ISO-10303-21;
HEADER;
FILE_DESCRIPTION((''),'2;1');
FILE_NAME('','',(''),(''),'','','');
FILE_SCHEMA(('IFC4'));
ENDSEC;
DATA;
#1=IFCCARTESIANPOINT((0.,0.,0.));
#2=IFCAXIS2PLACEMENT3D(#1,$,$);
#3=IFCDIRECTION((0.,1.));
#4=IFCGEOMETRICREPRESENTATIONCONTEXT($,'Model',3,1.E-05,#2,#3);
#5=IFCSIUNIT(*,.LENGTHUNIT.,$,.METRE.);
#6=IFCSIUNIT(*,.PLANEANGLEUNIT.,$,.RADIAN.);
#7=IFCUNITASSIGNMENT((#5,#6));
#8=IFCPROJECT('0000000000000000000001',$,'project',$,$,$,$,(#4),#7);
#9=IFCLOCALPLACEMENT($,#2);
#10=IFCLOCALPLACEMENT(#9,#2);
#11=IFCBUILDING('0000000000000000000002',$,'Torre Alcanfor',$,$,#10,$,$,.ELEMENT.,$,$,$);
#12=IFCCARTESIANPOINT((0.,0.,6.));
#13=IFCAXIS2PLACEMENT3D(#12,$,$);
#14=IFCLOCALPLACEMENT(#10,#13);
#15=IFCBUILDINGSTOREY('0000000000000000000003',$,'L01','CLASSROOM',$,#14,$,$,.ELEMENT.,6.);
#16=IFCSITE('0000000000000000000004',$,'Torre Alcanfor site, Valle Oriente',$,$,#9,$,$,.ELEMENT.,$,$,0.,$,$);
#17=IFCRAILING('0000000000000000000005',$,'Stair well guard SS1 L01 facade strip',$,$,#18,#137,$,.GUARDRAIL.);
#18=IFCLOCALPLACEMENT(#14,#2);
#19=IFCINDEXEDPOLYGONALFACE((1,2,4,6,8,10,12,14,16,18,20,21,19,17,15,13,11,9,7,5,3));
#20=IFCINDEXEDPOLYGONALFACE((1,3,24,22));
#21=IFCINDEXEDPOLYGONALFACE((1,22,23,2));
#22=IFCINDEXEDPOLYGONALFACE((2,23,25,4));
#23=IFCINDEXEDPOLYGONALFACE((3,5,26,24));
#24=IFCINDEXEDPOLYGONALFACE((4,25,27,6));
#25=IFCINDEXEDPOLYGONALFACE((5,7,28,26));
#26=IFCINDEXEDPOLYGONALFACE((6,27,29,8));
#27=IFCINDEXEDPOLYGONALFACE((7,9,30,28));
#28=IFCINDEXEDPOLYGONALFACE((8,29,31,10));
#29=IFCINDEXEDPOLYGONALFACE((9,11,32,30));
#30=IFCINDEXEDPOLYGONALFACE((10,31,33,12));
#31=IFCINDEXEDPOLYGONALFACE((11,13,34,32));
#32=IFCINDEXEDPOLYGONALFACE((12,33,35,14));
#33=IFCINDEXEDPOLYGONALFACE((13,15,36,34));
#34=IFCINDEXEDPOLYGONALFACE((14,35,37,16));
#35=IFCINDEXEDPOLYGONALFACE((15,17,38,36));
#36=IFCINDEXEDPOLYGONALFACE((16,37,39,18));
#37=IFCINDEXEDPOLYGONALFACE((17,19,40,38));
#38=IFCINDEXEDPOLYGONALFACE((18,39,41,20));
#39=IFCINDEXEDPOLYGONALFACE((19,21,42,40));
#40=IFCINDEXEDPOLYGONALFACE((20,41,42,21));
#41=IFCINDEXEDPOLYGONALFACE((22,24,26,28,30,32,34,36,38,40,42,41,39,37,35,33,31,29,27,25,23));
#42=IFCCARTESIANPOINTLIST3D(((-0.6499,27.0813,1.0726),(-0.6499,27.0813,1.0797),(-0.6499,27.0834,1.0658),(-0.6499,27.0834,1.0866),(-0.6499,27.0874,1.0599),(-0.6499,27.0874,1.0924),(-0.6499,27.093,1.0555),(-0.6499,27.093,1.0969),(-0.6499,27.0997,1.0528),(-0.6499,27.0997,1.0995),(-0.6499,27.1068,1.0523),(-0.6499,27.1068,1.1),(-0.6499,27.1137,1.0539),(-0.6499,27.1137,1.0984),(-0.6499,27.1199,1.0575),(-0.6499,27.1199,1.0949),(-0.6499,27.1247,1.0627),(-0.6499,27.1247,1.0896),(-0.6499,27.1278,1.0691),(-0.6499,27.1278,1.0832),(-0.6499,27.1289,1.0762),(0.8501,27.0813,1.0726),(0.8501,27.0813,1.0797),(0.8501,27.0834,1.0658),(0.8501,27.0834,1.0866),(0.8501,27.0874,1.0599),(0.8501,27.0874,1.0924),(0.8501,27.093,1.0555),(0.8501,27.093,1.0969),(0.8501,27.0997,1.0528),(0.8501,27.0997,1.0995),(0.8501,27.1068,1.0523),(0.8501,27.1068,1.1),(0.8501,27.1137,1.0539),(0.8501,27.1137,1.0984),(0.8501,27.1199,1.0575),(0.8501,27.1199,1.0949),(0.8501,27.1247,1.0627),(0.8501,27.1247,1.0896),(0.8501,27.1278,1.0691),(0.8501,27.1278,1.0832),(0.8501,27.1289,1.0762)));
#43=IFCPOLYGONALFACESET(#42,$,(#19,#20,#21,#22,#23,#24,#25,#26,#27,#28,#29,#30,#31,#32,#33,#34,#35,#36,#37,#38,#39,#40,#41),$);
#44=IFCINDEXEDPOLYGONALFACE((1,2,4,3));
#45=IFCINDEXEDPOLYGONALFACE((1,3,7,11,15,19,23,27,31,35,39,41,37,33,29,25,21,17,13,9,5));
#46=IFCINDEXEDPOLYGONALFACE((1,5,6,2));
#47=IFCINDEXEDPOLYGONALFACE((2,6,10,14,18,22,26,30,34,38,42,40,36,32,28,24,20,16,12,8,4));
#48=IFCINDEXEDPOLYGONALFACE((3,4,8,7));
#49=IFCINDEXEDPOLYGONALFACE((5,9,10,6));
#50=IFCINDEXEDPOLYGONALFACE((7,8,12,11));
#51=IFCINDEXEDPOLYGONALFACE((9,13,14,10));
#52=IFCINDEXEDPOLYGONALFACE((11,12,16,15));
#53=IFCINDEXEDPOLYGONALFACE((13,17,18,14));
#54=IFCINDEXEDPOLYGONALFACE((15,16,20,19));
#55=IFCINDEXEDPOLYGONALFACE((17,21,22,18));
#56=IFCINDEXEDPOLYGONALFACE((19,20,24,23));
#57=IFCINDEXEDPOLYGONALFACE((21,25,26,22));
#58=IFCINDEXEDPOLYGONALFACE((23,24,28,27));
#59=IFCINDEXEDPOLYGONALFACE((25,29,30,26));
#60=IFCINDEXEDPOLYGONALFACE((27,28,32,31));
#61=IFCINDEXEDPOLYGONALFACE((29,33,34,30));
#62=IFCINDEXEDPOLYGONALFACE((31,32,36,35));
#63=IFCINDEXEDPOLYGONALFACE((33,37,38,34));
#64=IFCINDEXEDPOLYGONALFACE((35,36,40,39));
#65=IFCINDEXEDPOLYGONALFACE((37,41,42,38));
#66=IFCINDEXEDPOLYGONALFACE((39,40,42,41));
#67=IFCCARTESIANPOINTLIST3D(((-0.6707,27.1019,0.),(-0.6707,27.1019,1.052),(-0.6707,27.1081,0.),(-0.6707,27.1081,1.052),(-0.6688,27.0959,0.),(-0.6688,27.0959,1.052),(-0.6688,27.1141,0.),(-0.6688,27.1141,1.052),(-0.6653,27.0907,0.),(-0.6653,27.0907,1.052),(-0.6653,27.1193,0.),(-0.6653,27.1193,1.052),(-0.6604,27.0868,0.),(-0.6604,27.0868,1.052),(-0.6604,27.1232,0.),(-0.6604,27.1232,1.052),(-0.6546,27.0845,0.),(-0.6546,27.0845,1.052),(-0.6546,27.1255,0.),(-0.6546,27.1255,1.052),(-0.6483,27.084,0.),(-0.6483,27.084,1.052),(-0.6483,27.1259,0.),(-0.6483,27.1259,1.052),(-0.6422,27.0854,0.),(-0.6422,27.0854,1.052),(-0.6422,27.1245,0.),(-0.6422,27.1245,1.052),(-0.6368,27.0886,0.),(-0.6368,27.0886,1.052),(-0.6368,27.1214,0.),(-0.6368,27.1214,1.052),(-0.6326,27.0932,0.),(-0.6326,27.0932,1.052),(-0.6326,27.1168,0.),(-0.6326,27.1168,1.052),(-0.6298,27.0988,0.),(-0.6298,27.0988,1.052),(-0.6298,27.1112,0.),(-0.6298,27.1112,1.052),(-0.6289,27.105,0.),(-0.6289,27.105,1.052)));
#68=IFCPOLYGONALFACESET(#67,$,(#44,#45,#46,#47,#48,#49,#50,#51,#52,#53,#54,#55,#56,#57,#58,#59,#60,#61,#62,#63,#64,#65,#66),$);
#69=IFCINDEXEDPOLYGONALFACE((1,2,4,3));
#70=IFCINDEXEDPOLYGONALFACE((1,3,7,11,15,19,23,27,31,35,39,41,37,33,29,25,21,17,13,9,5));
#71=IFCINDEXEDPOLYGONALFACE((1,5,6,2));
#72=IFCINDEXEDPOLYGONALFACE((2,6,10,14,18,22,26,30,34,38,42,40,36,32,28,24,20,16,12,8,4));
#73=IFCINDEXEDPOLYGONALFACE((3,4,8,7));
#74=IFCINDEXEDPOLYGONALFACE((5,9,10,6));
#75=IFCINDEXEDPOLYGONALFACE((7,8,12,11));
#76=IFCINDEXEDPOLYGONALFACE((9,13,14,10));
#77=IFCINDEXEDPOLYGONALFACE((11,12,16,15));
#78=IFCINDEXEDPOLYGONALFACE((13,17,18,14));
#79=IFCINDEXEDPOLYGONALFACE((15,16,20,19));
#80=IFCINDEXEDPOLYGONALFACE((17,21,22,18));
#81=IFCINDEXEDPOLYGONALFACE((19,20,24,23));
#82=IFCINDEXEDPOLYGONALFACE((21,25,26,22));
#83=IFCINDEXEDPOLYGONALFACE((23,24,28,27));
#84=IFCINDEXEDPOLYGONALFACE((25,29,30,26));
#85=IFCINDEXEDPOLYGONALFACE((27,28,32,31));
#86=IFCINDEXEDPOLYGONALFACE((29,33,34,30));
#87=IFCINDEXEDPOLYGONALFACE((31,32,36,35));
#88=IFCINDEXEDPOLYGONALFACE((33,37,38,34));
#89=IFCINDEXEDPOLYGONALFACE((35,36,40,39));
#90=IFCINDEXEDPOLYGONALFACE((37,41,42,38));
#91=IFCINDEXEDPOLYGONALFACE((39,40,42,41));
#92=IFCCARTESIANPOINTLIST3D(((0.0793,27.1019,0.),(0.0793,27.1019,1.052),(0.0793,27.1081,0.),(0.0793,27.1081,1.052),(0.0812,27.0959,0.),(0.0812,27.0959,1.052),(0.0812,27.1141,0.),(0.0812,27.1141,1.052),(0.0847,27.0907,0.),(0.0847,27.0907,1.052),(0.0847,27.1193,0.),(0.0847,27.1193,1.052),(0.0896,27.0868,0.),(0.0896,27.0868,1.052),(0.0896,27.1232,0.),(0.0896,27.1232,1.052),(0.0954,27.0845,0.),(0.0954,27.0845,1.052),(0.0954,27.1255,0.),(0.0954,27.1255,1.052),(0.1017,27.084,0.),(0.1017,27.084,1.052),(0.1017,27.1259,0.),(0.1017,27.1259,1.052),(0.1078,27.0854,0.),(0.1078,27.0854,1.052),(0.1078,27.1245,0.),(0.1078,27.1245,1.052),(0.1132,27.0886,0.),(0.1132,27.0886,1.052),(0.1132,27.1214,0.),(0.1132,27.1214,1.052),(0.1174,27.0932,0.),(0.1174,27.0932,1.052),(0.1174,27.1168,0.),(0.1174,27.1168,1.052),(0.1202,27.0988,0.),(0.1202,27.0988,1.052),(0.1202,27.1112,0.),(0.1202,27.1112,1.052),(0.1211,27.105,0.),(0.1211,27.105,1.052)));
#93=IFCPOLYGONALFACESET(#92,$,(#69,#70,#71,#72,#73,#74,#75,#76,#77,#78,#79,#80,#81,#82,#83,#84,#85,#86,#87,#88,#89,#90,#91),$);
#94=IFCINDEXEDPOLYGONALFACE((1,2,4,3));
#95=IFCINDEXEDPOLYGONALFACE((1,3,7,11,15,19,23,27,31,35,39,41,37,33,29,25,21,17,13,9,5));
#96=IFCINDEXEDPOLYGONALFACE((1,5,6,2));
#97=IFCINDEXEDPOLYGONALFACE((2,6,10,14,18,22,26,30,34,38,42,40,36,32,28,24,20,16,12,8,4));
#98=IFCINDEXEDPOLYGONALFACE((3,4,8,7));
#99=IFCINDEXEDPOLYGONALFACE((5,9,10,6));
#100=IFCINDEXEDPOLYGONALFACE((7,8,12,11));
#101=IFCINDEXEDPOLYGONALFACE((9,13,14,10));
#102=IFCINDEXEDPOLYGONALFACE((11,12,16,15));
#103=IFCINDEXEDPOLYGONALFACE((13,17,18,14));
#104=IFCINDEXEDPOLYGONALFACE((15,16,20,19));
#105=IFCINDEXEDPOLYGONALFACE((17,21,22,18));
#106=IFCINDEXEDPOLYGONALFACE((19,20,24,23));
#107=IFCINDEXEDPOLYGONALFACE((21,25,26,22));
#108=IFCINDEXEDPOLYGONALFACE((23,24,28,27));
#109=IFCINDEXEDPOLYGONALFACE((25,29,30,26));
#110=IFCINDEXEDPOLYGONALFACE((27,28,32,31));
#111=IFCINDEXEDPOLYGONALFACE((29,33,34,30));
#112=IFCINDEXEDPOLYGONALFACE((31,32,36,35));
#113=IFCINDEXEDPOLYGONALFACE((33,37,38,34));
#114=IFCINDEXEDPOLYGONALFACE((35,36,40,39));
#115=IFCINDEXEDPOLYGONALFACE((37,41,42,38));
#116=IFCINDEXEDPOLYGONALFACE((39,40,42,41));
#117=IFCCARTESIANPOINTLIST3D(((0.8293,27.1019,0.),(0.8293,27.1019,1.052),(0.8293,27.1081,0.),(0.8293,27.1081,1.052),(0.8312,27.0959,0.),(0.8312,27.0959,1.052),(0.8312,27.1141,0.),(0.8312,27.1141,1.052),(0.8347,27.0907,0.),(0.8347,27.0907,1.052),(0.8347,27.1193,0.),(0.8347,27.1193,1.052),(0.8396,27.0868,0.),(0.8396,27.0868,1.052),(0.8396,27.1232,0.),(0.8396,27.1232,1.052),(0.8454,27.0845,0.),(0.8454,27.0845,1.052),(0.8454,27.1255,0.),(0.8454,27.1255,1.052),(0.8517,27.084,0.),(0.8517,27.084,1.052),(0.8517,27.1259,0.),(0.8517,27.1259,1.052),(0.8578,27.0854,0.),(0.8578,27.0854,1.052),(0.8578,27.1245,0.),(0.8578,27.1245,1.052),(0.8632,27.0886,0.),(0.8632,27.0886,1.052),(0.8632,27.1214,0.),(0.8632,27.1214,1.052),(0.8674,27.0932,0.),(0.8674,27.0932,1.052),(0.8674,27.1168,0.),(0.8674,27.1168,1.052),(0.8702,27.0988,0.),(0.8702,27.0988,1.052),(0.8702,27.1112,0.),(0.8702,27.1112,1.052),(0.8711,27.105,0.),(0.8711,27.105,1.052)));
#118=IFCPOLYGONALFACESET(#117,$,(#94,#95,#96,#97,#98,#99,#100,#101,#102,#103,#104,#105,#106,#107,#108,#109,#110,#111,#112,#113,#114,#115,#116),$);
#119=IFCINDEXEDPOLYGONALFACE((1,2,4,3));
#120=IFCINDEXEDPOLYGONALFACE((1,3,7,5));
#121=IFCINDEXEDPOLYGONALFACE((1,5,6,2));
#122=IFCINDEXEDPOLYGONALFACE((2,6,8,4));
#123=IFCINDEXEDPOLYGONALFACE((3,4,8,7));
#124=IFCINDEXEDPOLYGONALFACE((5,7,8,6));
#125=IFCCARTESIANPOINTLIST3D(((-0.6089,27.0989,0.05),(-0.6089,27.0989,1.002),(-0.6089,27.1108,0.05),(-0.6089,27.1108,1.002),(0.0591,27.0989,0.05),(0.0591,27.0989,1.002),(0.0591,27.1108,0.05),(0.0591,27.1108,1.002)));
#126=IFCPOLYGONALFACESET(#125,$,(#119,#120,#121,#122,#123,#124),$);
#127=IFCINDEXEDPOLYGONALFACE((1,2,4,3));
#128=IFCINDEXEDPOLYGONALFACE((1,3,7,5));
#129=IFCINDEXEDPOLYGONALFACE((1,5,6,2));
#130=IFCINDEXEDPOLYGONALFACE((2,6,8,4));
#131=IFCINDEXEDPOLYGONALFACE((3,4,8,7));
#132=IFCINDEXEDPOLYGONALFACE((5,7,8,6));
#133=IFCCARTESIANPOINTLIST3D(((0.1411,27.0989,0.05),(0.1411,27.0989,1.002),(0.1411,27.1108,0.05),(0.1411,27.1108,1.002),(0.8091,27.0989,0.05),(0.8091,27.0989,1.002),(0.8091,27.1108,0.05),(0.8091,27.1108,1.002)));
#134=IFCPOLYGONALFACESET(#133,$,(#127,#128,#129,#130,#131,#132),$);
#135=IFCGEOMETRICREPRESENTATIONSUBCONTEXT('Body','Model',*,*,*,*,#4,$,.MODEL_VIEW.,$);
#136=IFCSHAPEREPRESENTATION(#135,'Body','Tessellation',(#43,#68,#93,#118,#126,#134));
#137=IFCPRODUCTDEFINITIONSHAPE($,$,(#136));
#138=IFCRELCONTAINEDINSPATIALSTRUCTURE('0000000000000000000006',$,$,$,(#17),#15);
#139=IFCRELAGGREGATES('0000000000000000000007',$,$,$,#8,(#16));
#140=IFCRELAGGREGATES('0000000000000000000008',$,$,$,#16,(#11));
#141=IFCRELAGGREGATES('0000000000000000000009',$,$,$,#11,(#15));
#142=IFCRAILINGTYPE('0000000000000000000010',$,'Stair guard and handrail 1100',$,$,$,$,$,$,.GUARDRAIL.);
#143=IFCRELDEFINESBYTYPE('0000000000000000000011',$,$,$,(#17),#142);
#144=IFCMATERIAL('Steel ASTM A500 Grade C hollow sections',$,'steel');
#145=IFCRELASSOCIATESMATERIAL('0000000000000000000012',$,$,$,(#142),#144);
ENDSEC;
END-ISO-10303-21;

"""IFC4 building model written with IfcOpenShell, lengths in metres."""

from ifc_helpers import new_model, si_unit, direction, frame, origin, origin_2d, place, context, subcontext, project, spatial, polyline, circle, outline, extrude, material, type_object, element, save


model = new_model("IFC4")

# Units and contexts
model_context = context("Model", 3, precision=1e-05, world=origin(), true_north=direction((0.0, 1.0)))
body_context = subcontext(model_context, "Body", "Model", "MODEL_VIEW")
ifc_project = project(units=[si_unit("LENGTHUNIT", "METRE"), si_unit("PLANEANGLEUNIT", "RADIAN")], contexts=[model_context])

# Site, building, storey
site_placement = place(None, origin())
site = spatial("IfcSite", under=ifc_project, at=site_placement, Name="Torre Alcanfor site, Valle Oriente", CompositionType="ELEMENT", RefElevation=0.0)
building_placement = place(site_placement, origin())
building = spatial("IfcBuilding", under=site, at=building_placement, Name="Torre Alcanfor", CompositionType="ELEMENT")
storey_placement = place(building_placement, frame((0.0, 0.0, 6.0)))
storey = spatial("IfcBuildingStorey", under=building, at=storey_placement, Name="L01", Description="CLASSROOM", CompositionType="ELEMENT", Elevation=6.0)

# Railing
ifc_material_1 = material(Name="Steel ASTM A500 Grade C hollow sections", Category="steel")
railing_type_1 = type_object("IfcRailingType", Name="Stair guard and handrail 1100", PredefinedType="GUARDRAIL", material=ifc_material_1)
railing_1_placement = place(storey_placement, frame((-0.6499, 27.105, 0.0)))
element("IfcRailing", 1, at=railing_1_placement, inside=storey, type_object=railing_type_1, Name="Stair well guard SS1 L01 facade strip", PredefinedType="GUARDRAIL", context=body_context, shape_type="SweptSolid", body=[
    extrude(circle(Radius=0.0239, at=origin_2d()), frame((0.0, 0.0, 1.0762), z_axis=(1.0, 0.0, 0.0), x_axis=(0.0, 1.0, 0.0)), (0.0, 0.0, 1.0), 1.5),
    extrude(circle(Radius=0.021, at=origin_2d()), origin(), (0.0, 0.0, 1.0), 1.052),
    extrude(circle(Radius=0.021, at=origin_2d()), frame((0.75, 0.0, 0.0)), (0.0, 0.0, 1.0), 1.052),
    extrude(circle(Radius=0.021, at=origin_2d()), frame((1.5, 0.0, 0.0)), (0.0, 0.0, 1.0), 1.052),
    extrude(outline(polyline([(0.041, 0.05), (0.709, 0.05), (0.709, 1.002), (0.041, 1.002), (0.041, 0.05)])), frame((0.0, 0.0059, 0.0), z_axis=(0.0, -1.0, 0.0), x_axis=(1.0, 0.0, 0.0)), (0.0, 0.0, 1.0), 0.012),
    extrude(outline(polyline([(0.791, 0.05), (1.459, 0.05), (1.459, 1.002), (0.791, 1.002), (0.791, 0.05)])), frame((0.0, 0.0059, 0.0), z_axis=(0.0, -1.0, 0.0), x_axis=(1.0, 0.0, 0.0)), (0.0, 0.0, 1.0), 0.012),
])

save(model, "model.ifc")
